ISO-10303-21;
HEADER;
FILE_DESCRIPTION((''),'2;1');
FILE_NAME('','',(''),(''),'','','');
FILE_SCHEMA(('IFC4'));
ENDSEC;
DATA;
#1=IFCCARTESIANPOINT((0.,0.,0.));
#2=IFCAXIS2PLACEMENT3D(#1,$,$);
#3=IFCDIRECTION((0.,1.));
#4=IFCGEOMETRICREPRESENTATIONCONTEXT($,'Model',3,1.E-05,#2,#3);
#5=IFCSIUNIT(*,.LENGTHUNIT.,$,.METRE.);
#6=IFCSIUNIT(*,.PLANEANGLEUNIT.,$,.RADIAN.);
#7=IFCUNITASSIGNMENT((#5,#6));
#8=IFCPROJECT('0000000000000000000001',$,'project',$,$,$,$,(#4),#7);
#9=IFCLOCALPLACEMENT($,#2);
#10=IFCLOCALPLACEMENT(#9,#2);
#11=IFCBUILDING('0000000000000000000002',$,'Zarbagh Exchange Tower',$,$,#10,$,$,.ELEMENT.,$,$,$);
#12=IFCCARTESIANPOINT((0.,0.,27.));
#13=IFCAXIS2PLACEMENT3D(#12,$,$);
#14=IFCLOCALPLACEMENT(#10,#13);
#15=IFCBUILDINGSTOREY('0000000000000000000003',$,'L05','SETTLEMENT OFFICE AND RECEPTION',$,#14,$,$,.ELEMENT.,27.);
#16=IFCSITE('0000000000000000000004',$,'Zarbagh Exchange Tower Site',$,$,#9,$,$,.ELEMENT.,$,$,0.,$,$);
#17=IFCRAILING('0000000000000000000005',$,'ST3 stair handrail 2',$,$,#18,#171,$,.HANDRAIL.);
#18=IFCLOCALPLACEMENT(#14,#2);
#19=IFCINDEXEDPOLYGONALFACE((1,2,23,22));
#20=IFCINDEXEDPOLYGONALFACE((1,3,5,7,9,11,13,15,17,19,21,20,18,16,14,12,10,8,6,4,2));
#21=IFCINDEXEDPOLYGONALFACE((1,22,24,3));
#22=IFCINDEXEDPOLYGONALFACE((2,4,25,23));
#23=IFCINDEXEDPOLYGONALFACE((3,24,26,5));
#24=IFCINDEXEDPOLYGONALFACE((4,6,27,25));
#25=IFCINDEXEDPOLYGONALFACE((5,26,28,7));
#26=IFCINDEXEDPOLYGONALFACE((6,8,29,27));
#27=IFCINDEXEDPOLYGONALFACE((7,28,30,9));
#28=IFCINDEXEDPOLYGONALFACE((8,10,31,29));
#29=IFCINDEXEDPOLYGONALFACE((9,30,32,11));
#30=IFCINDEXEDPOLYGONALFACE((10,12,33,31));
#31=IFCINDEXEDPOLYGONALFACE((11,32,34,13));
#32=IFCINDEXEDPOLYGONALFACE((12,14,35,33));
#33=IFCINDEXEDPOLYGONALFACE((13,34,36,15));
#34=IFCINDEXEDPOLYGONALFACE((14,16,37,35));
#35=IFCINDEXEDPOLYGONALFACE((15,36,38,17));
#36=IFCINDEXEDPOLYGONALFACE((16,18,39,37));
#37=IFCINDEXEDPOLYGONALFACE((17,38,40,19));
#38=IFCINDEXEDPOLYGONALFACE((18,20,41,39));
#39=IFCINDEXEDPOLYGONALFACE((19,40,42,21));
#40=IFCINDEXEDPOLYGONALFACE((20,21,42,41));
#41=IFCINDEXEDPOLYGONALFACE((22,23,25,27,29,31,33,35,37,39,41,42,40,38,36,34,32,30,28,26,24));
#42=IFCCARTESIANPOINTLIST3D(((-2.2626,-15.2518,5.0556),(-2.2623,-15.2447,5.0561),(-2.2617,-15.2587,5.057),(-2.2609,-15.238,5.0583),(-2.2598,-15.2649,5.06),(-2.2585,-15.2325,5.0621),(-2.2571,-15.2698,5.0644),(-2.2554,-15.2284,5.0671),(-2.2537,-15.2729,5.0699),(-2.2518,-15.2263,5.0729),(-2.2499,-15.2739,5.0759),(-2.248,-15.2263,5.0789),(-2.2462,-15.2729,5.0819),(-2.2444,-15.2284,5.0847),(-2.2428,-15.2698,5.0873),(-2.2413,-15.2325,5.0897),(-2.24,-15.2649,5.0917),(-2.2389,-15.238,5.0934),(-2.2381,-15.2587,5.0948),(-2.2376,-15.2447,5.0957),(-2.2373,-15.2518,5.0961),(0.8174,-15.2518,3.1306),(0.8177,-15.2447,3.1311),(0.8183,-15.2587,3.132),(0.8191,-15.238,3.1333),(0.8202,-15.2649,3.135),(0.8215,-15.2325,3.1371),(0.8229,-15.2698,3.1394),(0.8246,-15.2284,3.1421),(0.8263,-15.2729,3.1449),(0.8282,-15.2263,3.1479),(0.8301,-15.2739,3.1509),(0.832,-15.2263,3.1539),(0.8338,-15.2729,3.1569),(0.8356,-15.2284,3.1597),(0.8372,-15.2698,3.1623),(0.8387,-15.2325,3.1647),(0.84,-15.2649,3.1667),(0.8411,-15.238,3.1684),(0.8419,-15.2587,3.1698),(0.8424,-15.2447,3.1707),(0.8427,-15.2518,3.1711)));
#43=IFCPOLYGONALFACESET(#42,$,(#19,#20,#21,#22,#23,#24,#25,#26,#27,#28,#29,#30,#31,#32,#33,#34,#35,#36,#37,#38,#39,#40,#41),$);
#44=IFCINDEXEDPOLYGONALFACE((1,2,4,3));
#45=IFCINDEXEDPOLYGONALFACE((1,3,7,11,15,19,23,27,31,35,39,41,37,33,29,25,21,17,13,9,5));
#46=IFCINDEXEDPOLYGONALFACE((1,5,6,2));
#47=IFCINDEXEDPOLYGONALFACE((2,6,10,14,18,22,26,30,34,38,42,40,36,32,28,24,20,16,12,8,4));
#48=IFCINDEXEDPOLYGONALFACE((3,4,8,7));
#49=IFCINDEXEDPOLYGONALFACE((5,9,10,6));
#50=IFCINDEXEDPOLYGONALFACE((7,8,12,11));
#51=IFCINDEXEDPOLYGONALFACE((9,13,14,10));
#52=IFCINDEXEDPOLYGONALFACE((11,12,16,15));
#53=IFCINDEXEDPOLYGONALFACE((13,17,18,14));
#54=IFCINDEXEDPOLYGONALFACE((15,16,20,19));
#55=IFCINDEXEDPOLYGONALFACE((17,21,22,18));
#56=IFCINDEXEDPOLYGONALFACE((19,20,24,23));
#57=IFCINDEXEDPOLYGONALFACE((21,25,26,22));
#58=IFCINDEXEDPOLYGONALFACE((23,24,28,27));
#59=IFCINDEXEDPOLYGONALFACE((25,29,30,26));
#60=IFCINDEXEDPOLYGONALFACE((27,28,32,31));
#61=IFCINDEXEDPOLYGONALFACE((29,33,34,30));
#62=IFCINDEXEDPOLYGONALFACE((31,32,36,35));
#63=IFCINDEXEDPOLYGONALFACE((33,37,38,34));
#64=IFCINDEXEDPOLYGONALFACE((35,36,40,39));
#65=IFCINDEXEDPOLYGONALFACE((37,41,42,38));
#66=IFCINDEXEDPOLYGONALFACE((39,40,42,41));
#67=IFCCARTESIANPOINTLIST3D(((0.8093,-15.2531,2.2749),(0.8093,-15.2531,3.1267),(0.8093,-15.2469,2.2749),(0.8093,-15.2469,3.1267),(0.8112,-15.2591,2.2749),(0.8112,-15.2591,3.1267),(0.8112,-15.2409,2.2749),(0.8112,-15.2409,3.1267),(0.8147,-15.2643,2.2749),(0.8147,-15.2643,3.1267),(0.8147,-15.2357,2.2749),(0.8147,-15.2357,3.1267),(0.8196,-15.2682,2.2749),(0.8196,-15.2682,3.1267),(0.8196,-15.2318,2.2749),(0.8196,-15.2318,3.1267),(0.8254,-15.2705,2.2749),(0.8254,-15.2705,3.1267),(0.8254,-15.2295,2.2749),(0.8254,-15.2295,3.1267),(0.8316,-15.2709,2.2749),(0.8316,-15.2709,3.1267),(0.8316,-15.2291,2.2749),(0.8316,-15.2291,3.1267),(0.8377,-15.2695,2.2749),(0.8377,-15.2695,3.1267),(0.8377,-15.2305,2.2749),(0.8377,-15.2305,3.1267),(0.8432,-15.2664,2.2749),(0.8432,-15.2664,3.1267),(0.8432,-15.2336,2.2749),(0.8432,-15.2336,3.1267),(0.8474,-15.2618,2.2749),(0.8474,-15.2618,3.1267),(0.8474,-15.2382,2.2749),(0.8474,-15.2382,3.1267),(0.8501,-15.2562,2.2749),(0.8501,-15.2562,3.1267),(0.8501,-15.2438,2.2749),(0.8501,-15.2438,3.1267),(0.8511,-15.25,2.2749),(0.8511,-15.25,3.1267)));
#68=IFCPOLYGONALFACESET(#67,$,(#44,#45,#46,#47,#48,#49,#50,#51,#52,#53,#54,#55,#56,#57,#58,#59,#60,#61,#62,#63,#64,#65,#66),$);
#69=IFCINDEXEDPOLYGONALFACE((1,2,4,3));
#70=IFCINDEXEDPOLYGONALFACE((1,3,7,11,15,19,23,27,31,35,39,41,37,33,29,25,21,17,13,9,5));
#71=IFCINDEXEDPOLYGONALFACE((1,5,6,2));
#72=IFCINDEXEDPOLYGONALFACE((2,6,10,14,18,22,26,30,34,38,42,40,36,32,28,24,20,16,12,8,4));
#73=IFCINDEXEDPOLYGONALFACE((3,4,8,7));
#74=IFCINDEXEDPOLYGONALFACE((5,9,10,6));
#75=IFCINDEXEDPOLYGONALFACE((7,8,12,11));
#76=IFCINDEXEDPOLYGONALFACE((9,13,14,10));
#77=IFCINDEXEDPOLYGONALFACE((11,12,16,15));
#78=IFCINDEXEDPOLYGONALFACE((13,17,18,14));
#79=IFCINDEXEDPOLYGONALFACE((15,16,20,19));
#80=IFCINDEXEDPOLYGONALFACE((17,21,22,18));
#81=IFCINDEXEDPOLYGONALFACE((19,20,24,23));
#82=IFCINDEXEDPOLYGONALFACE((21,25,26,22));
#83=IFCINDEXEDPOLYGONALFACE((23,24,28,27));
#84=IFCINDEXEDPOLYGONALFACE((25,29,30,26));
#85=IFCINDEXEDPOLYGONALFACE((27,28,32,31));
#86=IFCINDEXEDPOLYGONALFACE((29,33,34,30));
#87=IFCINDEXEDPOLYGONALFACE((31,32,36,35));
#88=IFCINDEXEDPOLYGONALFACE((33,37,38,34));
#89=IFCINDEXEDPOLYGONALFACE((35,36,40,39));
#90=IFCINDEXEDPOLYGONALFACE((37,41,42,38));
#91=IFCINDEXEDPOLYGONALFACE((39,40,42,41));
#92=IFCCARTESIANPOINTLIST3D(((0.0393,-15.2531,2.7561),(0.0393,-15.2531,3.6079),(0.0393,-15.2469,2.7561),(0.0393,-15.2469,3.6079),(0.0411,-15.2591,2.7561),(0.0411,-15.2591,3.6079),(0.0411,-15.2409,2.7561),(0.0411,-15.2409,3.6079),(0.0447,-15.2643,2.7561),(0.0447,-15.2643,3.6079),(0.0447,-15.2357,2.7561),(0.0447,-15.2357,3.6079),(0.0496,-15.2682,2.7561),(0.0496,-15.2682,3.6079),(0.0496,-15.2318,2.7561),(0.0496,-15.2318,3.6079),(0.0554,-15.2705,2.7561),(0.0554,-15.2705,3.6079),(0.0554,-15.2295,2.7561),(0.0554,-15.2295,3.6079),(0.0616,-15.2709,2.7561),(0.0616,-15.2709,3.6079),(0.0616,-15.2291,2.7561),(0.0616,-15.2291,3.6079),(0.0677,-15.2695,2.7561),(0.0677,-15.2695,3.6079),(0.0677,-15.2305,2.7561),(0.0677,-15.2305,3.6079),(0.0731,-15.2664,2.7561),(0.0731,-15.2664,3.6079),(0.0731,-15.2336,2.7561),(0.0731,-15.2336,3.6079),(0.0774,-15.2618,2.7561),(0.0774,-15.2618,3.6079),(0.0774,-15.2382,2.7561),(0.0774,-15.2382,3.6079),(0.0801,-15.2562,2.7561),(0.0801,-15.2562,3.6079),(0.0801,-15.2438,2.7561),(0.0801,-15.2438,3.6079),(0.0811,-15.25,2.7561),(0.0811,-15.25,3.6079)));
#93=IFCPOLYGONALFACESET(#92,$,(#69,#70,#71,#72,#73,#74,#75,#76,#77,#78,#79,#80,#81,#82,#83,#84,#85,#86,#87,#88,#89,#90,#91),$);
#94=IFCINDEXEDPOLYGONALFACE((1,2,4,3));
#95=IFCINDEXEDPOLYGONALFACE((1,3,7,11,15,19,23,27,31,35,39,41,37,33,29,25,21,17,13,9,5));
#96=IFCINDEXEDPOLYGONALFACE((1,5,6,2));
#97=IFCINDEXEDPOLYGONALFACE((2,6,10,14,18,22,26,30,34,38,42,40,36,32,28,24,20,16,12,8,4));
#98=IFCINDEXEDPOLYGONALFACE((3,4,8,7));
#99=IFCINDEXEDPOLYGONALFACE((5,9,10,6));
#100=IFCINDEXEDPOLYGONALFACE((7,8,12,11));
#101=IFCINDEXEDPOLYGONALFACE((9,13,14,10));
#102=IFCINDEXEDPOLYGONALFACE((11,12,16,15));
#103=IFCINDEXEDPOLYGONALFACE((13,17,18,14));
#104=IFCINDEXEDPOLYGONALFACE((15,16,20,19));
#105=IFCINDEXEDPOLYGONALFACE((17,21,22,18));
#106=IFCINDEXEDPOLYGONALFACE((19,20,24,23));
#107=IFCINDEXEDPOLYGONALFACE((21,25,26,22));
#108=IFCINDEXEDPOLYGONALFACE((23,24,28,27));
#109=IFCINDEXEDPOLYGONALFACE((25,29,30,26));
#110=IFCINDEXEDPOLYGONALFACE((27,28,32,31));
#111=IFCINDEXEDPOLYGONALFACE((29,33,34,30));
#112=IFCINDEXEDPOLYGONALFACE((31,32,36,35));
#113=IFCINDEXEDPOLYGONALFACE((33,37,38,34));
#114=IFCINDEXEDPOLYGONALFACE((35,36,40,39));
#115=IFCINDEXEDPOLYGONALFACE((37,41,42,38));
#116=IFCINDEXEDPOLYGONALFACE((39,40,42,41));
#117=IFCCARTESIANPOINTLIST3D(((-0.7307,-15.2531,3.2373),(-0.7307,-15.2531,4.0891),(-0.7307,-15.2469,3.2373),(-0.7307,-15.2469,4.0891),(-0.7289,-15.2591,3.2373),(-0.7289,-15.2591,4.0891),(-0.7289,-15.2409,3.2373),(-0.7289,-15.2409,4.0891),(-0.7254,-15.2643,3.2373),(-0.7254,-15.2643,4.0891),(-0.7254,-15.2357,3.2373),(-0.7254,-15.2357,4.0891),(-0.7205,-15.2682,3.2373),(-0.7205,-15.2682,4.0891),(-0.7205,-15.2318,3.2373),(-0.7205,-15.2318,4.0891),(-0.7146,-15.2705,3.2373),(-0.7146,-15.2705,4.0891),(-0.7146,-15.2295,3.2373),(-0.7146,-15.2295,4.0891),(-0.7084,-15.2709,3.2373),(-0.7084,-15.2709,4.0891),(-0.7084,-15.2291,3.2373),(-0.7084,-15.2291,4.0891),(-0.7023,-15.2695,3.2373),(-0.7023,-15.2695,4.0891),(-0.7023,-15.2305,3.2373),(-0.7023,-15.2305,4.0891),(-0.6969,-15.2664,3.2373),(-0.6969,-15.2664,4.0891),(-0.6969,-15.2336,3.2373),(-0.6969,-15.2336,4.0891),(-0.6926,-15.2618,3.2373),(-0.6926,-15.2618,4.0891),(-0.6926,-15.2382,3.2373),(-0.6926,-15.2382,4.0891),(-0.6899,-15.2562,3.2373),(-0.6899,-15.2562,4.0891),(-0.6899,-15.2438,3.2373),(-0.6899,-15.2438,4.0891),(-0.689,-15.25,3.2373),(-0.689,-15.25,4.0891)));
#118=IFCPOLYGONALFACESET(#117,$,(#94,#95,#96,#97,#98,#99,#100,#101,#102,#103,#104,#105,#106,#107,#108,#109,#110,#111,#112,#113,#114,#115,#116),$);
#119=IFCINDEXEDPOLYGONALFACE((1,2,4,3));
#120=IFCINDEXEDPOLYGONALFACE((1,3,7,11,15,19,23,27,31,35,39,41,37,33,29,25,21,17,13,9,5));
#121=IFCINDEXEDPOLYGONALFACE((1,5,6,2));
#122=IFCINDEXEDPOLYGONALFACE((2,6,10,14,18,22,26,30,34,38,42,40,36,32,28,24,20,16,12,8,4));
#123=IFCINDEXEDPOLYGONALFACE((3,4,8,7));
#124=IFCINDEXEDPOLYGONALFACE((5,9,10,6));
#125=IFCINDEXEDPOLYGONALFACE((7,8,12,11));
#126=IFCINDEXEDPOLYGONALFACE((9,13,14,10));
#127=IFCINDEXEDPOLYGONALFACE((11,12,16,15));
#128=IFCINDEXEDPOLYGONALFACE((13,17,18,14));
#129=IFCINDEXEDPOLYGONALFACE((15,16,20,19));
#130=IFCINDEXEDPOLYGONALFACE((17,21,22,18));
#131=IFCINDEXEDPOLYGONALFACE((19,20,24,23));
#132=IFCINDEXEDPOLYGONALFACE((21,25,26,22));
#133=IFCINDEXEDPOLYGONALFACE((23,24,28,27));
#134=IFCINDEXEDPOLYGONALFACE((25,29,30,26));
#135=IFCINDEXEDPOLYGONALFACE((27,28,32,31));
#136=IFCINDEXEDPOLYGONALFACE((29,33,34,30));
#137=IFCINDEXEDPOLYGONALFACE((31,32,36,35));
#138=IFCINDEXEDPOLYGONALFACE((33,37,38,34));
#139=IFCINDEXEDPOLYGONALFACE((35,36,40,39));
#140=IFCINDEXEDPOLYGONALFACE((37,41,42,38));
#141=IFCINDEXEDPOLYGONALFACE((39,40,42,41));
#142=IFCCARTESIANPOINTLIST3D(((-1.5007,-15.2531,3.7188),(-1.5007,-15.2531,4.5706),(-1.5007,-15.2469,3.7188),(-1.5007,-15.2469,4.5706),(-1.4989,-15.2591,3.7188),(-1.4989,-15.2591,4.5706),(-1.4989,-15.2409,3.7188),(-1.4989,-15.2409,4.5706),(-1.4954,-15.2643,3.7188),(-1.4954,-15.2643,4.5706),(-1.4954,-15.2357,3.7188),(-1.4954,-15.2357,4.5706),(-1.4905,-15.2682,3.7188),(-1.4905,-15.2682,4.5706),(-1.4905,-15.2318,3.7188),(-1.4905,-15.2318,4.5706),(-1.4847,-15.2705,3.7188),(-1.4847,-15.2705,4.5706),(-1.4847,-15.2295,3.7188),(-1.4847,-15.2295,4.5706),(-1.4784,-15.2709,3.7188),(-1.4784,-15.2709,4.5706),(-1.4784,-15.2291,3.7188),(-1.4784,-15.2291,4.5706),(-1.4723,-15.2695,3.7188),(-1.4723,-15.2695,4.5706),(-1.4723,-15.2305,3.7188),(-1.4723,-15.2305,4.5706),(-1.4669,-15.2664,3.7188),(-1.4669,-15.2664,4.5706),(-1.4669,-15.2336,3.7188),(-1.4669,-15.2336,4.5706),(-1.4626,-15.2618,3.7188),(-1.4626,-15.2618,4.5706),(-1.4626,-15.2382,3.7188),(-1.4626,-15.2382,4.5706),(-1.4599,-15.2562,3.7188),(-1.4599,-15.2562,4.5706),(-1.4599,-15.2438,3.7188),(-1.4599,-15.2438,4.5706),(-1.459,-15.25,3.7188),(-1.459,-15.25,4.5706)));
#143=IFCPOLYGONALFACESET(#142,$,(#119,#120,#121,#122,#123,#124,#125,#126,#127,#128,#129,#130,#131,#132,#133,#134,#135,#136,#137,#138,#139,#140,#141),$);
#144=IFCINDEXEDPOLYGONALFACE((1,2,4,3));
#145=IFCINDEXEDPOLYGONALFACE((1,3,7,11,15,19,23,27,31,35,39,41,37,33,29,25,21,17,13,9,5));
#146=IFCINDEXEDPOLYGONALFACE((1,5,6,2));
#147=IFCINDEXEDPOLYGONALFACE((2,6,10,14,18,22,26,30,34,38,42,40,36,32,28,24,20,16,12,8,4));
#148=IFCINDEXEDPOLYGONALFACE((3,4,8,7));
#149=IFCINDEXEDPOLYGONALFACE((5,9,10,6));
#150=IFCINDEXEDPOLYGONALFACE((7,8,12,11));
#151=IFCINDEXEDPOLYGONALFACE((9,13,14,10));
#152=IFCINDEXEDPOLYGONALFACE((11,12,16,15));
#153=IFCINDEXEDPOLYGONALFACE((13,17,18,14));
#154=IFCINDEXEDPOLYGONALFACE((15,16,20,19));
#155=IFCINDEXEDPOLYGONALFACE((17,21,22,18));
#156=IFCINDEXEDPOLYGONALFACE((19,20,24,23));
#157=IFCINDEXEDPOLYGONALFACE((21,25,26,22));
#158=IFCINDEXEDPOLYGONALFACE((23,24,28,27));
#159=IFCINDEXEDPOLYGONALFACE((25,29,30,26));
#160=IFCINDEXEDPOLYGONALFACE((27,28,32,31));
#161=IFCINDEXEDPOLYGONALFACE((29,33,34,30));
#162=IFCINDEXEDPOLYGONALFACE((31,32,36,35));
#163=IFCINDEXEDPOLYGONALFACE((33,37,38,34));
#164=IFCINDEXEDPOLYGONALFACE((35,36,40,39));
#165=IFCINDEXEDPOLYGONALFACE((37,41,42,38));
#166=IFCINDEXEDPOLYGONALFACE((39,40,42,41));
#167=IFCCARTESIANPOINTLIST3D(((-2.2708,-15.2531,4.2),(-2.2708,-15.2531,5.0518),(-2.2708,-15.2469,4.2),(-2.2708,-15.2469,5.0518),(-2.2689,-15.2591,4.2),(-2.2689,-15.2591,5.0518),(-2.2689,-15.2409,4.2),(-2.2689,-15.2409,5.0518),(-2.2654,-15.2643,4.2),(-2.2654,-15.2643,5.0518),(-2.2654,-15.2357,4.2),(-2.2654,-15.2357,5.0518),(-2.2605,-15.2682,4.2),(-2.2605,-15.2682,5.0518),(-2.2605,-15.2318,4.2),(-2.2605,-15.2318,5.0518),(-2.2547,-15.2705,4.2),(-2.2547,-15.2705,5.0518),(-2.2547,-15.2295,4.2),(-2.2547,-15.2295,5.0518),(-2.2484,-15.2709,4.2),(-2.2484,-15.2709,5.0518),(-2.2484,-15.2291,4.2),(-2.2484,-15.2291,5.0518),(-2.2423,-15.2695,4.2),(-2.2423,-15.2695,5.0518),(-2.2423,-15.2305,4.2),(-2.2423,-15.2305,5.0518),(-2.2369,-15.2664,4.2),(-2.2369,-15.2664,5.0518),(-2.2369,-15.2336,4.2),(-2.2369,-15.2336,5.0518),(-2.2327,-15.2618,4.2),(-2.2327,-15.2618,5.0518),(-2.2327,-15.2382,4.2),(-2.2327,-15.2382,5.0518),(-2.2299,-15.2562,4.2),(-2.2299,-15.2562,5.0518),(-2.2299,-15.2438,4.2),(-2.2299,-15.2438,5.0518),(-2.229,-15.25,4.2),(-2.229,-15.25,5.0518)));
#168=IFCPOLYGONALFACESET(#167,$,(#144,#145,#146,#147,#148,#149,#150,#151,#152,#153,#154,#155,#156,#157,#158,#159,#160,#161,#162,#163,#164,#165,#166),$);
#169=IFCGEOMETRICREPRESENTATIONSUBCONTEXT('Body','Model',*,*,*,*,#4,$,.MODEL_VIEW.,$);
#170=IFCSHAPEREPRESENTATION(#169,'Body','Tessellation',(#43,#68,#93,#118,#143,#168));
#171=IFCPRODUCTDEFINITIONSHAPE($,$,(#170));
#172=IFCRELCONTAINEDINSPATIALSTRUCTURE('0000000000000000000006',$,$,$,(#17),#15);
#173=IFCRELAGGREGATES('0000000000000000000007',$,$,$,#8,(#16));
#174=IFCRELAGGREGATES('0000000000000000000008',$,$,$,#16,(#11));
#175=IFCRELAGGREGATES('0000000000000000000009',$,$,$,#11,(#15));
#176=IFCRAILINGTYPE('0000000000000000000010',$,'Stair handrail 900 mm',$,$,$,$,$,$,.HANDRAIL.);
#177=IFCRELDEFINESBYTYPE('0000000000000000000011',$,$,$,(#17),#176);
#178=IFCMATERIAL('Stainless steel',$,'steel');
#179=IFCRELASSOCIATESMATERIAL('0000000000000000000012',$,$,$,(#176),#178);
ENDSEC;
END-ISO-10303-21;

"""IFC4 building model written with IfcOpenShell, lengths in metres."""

from ifc_helpers import new_model, si_unit, direction, frame, origin, origin_2d, place, context, subcontext, project, spatial, circle, extrude, material, type_object, element, save


model = new_model("IFC4")

# Units and contexts
model_context = context("Model", 3, precision=1e-05, world=origin(), true_north=direction((0.0, 1.0)))
body_context = subcontext(model_context, "Body", "Model", "MODEL_VIEW")
ifc_project = project(units=[si_unit("LENGTHUNIT", "METRE"), si_unit("PLANEANGLEUNIT", "RADIAN")], contexts=[model_context])

# Site, building, storey
site_placement = place(None, origin())
site = spatial("IfcSite", under=ifc_project, at=site_placement, Name="Zarbagh Exchange Tower Site", CompositionType="ELEMENT", RefElevation=0.0)
building_placement = place(site_placement, origin())
building = spatial("IfcBuilding", under=site, at=building_placement, Name="Zarbagh Exchange Tower", CompositionType="ELEMENT")
storey_placement = place(building_placement, frame((0.0, 0.0, 27.0)))
storey = spatial("IfcBuildingStorey", under=building, at=storey_placement, Name="L05", Description="SETTLEMENT OFFICE AND RECEPTION", CompositionType="ELEMENT", Elevation=27.0)

# Railing
ifc_material_1 = material(Name="Stainless steel", Category="steel")
railing_type_1 = type_object("IfcRailingType", Name="Stair handrail 900 mm", PredefinedType="HANDRAIL", material=ifc_material_1)
railing_1_placement = place(storey_placement, frame((0.8301, -15.25, 2.2749)))
element("IfcRailing", 1, at=railing_1_placement, inside=storey, type_object=railing_type_1, Name="ST3 stair handrail 2", PredefinedType="HANDRAIL", context=body_context, shape_type="SweptSolid", body=[
    extrude(circle(Radius=0.0239, at=origin_2d()), frame((0.0, 0.0, 0.876), z_axis=(-0.847998, 0.0, 0.529999), x_axis=(0.0, -1.0, 0.0)), (0.0, 0.0, 1.0), 3.6321),
    extrude(circle(Radius=0.021, at=origin_2d()), origin(), (0.0, 0.0, 1.0), 0.8518),
    extrude(circle(Radius=0.021, at=origin_2d()), frame((-0.77, 0.0, 0.4812)), (0.0, 0.0, 1.0), 0.8518),
    extrude(circle(Radius=0.021, at=origin_2d()), frame((-1.54, 0.0, 0.9624)), (0.0, 0.0, 1.0), 0.8518),
    extrude(circle(Radius=0.021, at=origin_2d()), frame((-2.3101, 0.0, 1.4438)), (0.0, 0.0, 1.0), 0.8518),
    extrude(circle(Radius=0.021, at=origin_2d()), frame((-3.0801, 0.0, 1.925)), (0.0, 0.0, 1.0), 0.8518),
])

save(model, "model.ifc")
